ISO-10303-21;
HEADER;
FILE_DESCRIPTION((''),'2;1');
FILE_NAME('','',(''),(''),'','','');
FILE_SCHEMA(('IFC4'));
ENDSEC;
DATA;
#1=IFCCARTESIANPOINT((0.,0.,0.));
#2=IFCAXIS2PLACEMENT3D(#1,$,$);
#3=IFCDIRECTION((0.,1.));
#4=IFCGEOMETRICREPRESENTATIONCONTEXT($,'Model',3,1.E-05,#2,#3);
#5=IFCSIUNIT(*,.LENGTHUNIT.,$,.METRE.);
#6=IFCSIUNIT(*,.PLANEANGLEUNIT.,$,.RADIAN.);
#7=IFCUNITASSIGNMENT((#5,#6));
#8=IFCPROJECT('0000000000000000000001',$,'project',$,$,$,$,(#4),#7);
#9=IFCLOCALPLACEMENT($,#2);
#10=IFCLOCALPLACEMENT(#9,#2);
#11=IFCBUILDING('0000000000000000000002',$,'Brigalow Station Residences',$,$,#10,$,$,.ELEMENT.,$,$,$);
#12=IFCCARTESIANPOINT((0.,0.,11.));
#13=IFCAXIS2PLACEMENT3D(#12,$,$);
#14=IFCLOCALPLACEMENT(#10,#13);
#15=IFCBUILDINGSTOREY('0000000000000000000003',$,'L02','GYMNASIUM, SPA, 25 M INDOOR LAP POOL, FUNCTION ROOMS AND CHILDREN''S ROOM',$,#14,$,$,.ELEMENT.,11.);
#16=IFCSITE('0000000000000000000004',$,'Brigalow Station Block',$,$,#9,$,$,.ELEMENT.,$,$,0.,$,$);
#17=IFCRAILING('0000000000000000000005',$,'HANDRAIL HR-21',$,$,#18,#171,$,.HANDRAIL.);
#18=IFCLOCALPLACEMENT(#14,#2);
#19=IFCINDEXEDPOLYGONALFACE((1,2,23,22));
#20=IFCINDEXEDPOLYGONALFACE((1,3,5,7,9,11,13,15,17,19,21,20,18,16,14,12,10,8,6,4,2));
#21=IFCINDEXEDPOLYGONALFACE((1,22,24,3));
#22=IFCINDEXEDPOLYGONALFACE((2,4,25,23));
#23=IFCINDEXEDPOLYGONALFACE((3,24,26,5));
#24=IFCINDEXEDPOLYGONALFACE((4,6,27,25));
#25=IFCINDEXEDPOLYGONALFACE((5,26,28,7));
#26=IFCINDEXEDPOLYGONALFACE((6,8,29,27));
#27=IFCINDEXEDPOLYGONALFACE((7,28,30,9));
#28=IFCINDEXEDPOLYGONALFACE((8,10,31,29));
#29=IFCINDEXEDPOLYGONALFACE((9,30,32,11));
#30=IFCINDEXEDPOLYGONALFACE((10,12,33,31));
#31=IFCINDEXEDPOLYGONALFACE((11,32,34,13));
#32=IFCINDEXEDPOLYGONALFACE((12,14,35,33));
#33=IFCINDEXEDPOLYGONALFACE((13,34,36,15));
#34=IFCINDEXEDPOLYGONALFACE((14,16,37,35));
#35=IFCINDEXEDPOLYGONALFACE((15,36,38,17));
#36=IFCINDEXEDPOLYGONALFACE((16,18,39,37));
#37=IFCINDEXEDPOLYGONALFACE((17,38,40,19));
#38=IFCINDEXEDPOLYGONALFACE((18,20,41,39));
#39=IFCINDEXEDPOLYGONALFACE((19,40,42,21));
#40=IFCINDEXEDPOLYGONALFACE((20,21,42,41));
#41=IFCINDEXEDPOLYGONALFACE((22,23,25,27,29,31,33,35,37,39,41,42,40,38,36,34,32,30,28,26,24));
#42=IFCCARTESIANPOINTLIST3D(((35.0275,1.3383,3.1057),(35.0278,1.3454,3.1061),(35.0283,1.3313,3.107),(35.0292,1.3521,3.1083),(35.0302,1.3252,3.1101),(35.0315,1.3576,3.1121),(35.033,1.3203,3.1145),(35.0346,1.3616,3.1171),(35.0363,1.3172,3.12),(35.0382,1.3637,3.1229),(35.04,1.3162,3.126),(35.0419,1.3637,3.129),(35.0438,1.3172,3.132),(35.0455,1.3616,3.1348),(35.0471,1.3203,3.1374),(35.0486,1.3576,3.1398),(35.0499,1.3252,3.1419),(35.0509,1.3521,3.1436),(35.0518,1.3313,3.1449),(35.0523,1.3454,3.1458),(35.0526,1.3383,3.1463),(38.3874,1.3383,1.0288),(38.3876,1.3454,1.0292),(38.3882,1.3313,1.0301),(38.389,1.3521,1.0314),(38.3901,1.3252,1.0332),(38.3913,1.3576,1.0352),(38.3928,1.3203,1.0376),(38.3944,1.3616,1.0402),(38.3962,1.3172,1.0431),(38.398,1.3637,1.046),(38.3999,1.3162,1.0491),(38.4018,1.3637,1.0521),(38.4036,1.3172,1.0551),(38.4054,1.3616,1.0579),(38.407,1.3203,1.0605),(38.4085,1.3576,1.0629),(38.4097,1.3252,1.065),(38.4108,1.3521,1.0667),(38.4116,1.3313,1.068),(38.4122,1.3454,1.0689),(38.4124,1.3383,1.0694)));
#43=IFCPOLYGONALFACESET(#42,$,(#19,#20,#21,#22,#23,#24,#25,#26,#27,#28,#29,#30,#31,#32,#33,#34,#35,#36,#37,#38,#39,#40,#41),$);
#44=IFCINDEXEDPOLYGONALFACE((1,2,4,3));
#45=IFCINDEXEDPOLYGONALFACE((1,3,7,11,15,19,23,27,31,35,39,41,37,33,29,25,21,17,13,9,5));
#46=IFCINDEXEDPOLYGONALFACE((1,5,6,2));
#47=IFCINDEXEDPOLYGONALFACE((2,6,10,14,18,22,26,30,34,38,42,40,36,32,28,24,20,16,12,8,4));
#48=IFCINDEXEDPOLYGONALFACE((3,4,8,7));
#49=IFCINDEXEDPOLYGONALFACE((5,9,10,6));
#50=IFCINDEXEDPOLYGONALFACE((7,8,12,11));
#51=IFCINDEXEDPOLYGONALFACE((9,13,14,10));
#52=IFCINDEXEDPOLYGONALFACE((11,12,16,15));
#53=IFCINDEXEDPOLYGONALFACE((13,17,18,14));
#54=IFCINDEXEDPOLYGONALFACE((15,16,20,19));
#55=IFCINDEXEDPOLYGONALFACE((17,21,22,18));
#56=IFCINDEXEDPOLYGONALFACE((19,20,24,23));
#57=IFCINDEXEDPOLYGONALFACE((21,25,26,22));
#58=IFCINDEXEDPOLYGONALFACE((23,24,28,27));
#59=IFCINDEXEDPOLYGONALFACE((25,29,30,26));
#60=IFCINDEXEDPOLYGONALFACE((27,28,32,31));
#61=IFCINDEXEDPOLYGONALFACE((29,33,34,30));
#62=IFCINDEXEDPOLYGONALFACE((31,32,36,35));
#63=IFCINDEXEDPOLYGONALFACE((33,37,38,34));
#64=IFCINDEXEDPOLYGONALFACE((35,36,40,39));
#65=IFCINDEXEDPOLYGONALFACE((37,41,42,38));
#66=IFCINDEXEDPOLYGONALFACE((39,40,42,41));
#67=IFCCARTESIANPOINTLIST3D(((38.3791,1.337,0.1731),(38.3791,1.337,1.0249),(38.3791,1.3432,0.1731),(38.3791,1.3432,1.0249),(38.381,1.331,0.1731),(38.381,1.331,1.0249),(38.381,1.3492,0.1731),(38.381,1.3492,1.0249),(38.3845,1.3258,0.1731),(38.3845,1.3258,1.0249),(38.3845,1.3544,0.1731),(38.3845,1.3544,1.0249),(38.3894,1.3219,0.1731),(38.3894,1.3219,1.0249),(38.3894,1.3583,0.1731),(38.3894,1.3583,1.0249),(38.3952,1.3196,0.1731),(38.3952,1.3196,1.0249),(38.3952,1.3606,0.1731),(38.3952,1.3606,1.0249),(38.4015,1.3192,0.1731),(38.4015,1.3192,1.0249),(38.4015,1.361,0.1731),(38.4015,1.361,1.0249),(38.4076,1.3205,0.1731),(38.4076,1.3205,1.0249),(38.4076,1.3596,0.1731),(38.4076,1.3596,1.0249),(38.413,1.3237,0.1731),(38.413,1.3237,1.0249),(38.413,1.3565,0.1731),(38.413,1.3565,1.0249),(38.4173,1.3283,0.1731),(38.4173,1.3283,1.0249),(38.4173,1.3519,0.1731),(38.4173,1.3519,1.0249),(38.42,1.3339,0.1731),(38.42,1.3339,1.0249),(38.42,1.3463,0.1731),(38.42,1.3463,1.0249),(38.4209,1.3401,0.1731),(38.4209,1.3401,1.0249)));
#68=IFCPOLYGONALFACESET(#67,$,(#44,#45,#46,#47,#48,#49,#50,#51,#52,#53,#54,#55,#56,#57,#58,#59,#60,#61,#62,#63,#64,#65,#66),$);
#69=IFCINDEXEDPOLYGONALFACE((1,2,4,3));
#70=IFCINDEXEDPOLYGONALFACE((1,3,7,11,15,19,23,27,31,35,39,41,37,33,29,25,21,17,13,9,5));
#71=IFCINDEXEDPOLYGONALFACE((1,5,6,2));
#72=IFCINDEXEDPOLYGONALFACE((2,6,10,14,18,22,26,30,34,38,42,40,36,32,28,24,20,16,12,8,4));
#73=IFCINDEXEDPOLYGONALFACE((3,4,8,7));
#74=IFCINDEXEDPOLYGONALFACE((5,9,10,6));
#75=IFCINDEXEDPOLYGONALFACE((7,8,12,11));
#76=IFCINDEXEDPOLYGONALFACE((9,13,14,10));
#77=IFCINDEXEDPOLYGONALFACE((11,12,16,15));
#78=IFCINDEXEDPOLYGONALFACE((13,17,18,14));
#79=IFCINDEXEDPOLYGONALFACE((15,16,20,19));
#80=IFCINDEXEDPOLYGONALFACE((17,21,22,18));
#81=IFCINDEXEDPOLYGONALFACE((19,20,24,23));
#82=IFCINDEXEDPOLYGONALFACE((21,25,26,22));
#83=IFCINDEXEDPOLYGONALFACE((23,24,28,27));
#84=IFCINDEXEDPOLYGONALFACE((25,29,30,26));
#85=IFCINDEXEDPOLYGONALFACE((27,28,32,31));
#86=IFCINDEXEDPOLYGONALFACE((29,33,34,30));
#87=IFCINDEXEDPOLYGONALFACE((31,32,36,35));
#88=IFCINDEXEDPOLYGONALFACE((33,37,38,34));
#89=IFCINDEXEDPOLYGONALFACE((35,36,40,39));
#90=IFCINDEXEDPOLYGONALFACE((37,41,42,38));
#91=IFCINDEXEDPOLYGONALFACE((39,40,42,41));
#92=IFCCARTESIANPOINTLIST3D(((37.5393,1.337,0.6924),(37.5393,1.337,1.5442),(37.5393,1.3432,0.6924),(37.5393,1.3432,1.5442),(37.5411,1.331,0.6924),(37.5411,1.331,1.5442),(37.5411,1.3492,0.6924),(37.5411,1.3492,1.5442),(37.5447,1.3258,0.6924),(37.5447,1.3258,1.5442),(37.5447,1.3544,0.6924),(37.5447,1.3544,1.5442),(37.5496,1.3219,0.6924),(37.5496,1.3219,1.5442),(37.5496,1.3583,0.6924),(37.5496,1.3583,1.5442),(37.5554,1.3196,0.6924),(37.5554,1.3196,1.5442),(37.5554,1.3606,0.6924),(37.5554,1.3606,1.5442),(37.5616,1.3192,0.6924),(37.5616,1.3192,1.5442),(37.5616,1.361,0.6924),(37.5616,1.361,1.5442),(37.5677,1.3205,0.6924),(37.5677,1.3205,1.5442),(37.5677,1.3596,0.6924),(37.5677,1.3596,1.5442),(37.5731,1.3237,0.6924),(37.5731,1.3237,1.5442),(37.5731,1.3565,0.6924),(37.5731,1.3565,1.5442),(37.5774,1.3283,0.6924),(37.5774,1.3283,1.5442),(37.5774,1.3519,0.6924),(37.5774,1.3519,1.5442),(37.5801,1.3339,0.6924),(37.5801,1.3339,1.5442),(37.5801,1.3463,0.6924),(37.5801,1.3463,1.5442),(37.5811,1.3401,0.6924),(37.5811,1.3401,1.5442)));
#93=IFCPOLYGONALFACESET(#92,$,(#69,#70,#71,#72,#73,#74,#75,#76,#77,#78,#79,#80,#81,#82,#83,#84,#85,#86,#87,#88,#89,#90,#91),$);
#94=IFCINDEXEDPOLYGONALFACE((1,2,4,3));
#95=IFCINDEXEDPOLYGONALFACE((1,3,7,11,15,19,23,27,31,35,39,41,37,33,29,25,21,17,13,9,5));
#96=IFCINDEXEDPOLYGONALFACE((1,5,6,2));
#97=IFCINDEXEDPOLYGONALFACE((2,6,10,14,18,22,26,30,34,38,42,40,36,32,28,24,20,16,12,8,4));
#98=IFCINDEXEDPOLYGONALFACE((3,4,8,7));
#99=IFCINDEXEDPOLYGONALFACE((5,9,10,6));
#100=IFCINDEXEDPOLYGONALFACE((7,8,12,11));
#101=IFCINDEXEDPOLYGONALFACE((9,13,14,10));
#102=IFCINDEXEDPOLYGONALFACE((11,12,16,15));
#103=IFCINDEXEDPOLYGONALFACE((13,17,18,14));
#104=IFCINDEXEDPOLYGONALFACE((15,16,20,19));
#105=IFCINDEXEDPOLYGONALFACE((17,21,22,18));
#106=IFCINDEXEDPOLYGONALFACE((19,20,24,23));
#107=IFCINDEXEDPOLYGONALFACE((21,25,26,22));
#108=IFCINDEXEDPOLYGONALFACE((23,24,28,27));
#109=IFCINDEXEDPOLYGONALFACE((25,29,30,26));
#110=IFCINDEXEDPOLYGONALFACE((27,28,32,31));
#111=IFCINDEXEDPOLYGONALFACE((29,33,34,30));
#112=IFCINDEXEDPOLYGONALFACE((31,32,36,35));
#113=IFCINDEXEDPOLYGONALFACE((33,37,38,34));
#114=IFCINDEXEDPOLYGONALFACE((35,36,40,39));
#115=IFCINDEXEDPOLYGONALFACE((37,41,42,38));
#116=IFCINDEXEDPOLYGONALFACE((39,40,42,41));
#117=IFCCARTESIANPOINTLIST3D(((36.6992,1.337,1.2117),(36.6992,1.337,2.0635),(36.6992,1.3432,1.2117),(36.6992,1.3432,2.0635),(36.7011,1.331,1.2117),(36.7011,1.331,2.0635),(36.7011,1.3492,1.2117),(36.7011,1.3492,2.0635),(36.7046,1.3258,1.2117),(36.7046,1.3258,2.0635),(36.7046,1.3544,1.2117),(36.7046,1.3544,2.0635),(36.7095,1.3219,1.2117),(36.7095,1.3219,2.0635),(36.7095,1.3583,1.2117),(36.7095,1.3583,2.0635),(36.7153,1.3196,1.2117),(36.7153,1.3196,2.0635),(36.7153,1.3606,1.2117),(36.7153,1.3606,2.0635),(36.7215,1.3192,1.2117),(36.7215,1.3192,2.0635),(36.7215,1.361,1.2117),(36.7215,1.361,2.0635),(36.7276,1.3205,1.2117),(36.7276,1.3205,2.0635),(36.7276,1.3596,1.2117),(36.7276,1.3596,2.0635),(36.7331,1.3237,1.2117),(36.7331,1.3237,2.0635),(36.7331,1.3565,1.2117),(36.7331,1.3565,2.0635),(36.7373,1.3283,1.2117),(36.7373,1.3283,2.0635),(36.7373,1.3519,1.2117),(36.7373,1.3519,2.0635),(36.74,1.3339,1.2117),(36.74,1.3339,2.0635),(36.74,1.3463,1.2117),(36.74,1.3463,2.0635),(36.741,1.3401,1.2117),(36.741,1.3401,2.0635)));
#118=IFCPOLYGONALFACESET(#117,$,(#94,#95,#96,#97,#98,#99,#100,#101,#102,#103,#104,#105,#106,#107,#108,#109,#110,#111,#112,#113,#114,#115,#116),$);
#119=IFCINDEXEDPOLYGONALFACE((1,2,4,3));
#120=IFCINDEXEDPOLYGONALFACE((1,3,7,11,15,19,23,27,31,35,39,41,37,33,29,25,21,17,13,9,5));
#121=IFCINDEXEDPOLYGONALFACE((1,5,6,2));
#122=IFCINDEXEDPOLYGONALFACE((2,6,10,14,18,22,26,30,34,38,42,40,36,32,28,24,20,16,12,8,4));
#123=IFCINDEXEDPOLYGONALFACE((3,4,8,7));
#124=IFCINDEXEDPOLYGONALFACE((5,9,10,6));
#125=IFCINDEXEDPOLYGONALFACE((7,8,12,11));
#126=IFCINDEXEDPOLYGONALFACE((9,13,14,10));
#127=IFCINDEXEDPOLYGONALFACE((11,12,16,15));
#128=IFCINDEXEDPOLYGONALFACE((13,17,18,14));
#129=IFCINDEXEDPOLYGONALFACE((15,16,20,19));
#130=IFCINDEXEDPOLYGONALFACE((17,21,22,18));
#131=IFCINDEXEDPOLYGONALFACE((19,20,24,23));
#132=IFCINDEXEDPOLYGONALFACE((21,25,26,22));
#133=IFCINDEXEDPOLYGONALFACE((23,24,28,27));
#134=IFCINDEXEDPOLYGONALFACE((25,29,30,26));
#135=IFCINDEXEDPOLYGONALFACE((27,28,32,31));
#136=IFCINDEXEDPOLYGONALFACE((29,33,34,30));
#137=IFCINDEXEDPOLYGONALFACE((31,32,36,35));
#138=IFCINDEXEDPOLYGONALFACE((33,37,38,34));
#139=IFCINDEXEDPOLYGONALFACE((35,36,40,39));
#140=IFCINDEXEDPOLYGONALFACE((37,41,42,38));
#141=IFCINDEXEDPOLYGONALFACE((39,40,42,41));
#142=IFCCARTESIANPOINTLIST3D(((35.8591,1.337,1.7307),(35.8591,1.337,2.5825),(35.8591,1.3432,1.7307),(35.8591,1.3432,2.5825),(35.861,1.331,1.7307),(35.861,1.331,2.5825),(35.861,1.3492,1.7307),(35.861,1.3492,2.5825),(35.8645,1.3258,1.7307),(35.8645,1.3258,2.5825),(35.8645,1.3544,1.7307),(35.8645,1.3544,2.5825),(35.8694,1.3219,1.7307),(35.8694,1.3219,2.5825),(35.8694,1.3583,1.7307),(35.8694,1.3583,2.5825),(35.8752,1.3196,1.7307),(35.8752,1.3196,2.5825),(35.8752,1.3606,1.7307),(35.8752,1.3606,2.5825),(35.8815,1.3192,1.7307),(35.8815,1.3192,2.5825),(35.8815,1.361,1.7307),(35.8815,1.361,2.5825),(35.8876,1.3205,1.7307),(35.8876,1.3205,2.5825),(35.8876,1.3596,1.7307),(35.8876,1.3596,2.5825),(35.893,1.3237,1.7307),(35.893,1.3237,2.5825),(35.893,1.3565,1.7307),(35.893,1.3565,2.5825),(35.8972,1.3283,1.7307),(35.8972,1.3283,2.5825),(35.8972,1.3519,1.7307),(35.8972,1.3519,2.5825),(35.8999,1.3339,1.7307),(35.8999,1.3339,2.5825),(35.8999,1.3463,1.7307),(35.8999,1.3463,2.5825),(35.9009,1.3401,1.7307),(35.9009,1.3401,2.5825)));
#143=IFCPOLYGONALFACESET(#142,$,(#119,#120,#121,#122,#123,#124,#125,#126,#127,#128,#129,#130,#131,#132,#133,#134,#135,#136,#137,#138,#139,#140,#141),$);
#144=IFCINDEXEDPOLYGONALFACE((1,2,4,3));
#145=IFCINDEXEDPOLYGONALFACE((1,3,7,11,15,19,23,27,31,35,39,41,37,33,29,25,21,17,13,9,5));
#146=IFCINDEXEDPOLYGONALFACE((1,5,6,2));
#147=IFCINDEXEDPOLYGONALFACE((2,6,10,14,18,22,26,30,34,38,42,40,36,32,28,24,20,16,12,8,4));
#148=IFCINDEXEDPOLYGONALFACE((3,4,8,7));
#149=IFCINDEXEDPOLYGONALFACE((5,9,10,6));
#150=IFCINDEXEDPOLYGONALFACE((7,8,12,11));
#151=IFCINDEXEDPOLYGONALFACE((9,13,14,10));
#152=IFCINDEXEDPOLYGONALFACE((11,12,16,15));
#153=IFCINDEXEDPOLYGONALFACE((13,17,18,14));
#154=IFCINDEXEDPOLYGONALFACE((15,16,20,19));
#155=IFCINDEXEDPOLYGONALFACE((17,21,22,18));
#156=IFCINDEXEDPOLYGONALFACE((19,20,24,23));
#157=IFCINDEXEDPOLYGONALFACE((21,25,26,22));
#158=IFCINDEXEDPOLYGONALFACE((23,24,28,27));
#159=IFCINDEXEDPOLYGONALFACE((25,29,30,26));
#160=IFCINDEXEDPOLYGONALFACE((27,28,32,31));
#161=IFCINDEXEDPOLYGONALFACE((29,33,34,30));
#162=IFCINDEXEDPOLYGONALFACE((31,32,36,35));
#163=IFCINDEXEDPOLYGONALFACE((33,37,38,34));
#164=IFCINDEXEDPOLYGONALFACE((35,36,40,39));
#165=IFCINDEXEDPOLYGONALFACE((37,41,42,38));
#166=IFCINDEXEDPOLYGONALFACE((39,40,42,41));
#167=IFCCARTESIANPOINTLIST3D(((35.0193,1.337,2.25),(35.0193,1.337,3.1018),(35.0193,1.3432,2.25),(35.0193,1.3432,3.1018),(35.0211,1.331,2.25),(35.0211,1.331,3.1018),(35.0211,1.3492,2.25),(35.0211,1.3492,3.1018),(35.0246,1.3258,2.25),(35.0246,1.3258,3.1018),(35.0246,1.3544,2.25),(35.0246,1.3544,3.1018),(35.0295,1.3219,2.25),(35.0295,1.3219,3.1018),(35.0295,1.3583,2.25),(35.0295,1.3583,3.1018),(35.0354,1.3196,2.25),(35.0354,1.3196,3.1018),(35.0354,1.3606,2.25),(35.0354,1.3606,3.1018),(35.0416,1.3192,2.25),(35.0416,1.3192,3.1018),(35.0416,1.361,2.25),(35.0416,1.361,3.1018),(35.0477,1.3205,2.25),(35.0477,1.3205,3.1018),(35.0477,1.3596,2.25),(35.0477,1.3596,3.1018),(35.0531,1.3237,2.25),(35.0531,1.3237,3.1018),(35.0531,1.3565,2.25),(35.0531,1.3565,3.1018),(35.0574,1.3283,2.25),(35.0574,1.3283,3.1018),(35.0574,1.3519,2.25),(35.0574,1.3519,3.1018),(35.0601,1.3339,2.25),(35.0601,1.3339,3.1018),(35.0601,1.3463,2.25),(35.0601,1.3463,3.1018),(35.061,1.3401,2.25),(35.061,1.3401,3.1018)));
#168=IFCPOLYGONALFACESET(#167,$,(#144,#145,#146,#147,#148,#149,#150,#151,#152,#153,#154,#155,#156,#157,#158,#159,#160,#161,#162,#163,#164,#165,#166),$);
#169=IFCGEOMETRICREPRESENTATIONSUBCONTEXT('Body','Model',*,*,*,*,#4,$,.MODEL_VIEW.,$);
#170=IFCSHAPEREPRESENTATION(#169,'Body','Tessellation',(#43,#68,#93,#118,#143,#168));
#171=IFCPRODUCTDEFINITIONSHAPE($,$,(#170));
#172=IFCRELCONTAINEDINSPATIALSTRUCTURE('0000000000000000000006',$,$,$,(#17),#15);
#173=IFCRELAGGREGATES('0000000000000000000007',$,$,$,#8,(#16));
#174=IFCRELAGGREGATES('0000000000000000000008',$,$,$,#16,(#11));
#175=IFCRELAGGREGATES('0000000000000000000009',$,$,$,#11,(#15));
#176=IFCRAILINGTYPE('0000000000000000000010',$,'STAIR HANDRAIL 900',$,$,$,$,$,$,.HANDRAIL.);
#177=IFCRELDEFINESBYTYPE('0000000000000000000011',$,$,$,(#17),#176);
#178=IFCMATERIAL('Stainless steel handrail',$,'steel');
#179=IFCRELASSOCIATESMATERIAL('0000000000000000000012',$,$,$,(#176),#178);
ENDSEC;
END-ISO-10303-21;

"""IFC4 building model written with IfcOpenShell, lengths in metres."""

from ifc_helpers import new_model, si_unit, direction, frame, origin, origin_2d, place, context, subcontext, project, spatial, circle, extrude, material, type_object, element, save


model = new_model("IFC4")

# Units and contexts
model_context = context("Model", 3, precision=1e-05, world=origin(), true_north=direction((0.0, 1.0)))
body_context = subcontext(model_context, "Body", "Model", "MODEL_VIEW")
ifc_project = project(units=[si_unit("LENGTHUNIT", "METRE"), si_unit("PLANEANGLEUNIT", "RADIAN")], contexts=[model_context])

# Site, building, storey
site_placement = place(None, origin())
site = spatial("IfcSite", under=ifc_project, at=site_placement, Name="Brigalow Station Block", CompositionType="ELEMENT", RefElevation=0.0)
building_placement = place(site_placement, origin())
building = spatial("IfcBuilding", under=site, at=building_placement, Name="Brigalow Station Residences", CompositionType="ELEMENT")
storey_placement = place(building_placement, frame((0.0, 0.0, 11.0)))
storey = spatial("IfcBuildingStorey", under=building, at=storey_placement, Name="L02", Description="GYMNASIUM, SPA, 25 M INDOOR LAP POOL, FUNCTION ROOMS AND CHILDREN'S ROOM", CompositionType="ELEMENT", Elevation=11.0)

# Railing
ifc_material_1 = material(Name="Stainless steel handrail", Category="steel")
railing_type_1 = type_object("IfcRailingType", Name="STAIR HANDRAIL 900", PredefinedType="HANDRAIL", material=ifc_material_1)
railing_1_placement = place(storey_placement, frame((38.3999, 1.3401, 0.1731)))
element("IfcRailing", 1, at=railing_1_placement, inside=storey, type_object=railing_type_1, Name="HANDRAIL HR-21", PredefinedType="HANDRAIL", context=body_context, shape_type="SweptSolid", body=[
    extrude(circle(Radius=0.0239, at=origin_2d()), frame((0.0, 0.0, 0.876), z_axis=(-0.850606, 0.0, 0.525803), x_axis=(0.0, -1.0, 0.0)), (0.0, 0.0, 1.0), 3.95),
    extrude(circle(Radius=0.021, at=origin_2d()), origin(), (0.0, 0.0, 1.0), 0.8518),
    extrude(circle(Radius=0.021, at=origin_2d()), frame((-0.8398, 0.0, 0.5193)), (0.0, 0.0, 1.0), 0.8518),
    extrude(circle(Radius=0.021, at=origin_2d()), frame((-1.6799, 0.0, 1.0386)), (0.0, 0.0, 1.0), 0.8518),
    extrude(circle(Radius=0.021, at=origin_2d()), frame((-2.52, 0.0, 1.5576)), (0.0, 0.0, 1.0), 0.8518),
    extrude(circle(Radius=0.021, at=origin_2d()), frame((-3.3599, 0.0, 2.0769)), (0.0, 0.0, 1.0), 0.8518),
])

save(model, "model.ifc")
